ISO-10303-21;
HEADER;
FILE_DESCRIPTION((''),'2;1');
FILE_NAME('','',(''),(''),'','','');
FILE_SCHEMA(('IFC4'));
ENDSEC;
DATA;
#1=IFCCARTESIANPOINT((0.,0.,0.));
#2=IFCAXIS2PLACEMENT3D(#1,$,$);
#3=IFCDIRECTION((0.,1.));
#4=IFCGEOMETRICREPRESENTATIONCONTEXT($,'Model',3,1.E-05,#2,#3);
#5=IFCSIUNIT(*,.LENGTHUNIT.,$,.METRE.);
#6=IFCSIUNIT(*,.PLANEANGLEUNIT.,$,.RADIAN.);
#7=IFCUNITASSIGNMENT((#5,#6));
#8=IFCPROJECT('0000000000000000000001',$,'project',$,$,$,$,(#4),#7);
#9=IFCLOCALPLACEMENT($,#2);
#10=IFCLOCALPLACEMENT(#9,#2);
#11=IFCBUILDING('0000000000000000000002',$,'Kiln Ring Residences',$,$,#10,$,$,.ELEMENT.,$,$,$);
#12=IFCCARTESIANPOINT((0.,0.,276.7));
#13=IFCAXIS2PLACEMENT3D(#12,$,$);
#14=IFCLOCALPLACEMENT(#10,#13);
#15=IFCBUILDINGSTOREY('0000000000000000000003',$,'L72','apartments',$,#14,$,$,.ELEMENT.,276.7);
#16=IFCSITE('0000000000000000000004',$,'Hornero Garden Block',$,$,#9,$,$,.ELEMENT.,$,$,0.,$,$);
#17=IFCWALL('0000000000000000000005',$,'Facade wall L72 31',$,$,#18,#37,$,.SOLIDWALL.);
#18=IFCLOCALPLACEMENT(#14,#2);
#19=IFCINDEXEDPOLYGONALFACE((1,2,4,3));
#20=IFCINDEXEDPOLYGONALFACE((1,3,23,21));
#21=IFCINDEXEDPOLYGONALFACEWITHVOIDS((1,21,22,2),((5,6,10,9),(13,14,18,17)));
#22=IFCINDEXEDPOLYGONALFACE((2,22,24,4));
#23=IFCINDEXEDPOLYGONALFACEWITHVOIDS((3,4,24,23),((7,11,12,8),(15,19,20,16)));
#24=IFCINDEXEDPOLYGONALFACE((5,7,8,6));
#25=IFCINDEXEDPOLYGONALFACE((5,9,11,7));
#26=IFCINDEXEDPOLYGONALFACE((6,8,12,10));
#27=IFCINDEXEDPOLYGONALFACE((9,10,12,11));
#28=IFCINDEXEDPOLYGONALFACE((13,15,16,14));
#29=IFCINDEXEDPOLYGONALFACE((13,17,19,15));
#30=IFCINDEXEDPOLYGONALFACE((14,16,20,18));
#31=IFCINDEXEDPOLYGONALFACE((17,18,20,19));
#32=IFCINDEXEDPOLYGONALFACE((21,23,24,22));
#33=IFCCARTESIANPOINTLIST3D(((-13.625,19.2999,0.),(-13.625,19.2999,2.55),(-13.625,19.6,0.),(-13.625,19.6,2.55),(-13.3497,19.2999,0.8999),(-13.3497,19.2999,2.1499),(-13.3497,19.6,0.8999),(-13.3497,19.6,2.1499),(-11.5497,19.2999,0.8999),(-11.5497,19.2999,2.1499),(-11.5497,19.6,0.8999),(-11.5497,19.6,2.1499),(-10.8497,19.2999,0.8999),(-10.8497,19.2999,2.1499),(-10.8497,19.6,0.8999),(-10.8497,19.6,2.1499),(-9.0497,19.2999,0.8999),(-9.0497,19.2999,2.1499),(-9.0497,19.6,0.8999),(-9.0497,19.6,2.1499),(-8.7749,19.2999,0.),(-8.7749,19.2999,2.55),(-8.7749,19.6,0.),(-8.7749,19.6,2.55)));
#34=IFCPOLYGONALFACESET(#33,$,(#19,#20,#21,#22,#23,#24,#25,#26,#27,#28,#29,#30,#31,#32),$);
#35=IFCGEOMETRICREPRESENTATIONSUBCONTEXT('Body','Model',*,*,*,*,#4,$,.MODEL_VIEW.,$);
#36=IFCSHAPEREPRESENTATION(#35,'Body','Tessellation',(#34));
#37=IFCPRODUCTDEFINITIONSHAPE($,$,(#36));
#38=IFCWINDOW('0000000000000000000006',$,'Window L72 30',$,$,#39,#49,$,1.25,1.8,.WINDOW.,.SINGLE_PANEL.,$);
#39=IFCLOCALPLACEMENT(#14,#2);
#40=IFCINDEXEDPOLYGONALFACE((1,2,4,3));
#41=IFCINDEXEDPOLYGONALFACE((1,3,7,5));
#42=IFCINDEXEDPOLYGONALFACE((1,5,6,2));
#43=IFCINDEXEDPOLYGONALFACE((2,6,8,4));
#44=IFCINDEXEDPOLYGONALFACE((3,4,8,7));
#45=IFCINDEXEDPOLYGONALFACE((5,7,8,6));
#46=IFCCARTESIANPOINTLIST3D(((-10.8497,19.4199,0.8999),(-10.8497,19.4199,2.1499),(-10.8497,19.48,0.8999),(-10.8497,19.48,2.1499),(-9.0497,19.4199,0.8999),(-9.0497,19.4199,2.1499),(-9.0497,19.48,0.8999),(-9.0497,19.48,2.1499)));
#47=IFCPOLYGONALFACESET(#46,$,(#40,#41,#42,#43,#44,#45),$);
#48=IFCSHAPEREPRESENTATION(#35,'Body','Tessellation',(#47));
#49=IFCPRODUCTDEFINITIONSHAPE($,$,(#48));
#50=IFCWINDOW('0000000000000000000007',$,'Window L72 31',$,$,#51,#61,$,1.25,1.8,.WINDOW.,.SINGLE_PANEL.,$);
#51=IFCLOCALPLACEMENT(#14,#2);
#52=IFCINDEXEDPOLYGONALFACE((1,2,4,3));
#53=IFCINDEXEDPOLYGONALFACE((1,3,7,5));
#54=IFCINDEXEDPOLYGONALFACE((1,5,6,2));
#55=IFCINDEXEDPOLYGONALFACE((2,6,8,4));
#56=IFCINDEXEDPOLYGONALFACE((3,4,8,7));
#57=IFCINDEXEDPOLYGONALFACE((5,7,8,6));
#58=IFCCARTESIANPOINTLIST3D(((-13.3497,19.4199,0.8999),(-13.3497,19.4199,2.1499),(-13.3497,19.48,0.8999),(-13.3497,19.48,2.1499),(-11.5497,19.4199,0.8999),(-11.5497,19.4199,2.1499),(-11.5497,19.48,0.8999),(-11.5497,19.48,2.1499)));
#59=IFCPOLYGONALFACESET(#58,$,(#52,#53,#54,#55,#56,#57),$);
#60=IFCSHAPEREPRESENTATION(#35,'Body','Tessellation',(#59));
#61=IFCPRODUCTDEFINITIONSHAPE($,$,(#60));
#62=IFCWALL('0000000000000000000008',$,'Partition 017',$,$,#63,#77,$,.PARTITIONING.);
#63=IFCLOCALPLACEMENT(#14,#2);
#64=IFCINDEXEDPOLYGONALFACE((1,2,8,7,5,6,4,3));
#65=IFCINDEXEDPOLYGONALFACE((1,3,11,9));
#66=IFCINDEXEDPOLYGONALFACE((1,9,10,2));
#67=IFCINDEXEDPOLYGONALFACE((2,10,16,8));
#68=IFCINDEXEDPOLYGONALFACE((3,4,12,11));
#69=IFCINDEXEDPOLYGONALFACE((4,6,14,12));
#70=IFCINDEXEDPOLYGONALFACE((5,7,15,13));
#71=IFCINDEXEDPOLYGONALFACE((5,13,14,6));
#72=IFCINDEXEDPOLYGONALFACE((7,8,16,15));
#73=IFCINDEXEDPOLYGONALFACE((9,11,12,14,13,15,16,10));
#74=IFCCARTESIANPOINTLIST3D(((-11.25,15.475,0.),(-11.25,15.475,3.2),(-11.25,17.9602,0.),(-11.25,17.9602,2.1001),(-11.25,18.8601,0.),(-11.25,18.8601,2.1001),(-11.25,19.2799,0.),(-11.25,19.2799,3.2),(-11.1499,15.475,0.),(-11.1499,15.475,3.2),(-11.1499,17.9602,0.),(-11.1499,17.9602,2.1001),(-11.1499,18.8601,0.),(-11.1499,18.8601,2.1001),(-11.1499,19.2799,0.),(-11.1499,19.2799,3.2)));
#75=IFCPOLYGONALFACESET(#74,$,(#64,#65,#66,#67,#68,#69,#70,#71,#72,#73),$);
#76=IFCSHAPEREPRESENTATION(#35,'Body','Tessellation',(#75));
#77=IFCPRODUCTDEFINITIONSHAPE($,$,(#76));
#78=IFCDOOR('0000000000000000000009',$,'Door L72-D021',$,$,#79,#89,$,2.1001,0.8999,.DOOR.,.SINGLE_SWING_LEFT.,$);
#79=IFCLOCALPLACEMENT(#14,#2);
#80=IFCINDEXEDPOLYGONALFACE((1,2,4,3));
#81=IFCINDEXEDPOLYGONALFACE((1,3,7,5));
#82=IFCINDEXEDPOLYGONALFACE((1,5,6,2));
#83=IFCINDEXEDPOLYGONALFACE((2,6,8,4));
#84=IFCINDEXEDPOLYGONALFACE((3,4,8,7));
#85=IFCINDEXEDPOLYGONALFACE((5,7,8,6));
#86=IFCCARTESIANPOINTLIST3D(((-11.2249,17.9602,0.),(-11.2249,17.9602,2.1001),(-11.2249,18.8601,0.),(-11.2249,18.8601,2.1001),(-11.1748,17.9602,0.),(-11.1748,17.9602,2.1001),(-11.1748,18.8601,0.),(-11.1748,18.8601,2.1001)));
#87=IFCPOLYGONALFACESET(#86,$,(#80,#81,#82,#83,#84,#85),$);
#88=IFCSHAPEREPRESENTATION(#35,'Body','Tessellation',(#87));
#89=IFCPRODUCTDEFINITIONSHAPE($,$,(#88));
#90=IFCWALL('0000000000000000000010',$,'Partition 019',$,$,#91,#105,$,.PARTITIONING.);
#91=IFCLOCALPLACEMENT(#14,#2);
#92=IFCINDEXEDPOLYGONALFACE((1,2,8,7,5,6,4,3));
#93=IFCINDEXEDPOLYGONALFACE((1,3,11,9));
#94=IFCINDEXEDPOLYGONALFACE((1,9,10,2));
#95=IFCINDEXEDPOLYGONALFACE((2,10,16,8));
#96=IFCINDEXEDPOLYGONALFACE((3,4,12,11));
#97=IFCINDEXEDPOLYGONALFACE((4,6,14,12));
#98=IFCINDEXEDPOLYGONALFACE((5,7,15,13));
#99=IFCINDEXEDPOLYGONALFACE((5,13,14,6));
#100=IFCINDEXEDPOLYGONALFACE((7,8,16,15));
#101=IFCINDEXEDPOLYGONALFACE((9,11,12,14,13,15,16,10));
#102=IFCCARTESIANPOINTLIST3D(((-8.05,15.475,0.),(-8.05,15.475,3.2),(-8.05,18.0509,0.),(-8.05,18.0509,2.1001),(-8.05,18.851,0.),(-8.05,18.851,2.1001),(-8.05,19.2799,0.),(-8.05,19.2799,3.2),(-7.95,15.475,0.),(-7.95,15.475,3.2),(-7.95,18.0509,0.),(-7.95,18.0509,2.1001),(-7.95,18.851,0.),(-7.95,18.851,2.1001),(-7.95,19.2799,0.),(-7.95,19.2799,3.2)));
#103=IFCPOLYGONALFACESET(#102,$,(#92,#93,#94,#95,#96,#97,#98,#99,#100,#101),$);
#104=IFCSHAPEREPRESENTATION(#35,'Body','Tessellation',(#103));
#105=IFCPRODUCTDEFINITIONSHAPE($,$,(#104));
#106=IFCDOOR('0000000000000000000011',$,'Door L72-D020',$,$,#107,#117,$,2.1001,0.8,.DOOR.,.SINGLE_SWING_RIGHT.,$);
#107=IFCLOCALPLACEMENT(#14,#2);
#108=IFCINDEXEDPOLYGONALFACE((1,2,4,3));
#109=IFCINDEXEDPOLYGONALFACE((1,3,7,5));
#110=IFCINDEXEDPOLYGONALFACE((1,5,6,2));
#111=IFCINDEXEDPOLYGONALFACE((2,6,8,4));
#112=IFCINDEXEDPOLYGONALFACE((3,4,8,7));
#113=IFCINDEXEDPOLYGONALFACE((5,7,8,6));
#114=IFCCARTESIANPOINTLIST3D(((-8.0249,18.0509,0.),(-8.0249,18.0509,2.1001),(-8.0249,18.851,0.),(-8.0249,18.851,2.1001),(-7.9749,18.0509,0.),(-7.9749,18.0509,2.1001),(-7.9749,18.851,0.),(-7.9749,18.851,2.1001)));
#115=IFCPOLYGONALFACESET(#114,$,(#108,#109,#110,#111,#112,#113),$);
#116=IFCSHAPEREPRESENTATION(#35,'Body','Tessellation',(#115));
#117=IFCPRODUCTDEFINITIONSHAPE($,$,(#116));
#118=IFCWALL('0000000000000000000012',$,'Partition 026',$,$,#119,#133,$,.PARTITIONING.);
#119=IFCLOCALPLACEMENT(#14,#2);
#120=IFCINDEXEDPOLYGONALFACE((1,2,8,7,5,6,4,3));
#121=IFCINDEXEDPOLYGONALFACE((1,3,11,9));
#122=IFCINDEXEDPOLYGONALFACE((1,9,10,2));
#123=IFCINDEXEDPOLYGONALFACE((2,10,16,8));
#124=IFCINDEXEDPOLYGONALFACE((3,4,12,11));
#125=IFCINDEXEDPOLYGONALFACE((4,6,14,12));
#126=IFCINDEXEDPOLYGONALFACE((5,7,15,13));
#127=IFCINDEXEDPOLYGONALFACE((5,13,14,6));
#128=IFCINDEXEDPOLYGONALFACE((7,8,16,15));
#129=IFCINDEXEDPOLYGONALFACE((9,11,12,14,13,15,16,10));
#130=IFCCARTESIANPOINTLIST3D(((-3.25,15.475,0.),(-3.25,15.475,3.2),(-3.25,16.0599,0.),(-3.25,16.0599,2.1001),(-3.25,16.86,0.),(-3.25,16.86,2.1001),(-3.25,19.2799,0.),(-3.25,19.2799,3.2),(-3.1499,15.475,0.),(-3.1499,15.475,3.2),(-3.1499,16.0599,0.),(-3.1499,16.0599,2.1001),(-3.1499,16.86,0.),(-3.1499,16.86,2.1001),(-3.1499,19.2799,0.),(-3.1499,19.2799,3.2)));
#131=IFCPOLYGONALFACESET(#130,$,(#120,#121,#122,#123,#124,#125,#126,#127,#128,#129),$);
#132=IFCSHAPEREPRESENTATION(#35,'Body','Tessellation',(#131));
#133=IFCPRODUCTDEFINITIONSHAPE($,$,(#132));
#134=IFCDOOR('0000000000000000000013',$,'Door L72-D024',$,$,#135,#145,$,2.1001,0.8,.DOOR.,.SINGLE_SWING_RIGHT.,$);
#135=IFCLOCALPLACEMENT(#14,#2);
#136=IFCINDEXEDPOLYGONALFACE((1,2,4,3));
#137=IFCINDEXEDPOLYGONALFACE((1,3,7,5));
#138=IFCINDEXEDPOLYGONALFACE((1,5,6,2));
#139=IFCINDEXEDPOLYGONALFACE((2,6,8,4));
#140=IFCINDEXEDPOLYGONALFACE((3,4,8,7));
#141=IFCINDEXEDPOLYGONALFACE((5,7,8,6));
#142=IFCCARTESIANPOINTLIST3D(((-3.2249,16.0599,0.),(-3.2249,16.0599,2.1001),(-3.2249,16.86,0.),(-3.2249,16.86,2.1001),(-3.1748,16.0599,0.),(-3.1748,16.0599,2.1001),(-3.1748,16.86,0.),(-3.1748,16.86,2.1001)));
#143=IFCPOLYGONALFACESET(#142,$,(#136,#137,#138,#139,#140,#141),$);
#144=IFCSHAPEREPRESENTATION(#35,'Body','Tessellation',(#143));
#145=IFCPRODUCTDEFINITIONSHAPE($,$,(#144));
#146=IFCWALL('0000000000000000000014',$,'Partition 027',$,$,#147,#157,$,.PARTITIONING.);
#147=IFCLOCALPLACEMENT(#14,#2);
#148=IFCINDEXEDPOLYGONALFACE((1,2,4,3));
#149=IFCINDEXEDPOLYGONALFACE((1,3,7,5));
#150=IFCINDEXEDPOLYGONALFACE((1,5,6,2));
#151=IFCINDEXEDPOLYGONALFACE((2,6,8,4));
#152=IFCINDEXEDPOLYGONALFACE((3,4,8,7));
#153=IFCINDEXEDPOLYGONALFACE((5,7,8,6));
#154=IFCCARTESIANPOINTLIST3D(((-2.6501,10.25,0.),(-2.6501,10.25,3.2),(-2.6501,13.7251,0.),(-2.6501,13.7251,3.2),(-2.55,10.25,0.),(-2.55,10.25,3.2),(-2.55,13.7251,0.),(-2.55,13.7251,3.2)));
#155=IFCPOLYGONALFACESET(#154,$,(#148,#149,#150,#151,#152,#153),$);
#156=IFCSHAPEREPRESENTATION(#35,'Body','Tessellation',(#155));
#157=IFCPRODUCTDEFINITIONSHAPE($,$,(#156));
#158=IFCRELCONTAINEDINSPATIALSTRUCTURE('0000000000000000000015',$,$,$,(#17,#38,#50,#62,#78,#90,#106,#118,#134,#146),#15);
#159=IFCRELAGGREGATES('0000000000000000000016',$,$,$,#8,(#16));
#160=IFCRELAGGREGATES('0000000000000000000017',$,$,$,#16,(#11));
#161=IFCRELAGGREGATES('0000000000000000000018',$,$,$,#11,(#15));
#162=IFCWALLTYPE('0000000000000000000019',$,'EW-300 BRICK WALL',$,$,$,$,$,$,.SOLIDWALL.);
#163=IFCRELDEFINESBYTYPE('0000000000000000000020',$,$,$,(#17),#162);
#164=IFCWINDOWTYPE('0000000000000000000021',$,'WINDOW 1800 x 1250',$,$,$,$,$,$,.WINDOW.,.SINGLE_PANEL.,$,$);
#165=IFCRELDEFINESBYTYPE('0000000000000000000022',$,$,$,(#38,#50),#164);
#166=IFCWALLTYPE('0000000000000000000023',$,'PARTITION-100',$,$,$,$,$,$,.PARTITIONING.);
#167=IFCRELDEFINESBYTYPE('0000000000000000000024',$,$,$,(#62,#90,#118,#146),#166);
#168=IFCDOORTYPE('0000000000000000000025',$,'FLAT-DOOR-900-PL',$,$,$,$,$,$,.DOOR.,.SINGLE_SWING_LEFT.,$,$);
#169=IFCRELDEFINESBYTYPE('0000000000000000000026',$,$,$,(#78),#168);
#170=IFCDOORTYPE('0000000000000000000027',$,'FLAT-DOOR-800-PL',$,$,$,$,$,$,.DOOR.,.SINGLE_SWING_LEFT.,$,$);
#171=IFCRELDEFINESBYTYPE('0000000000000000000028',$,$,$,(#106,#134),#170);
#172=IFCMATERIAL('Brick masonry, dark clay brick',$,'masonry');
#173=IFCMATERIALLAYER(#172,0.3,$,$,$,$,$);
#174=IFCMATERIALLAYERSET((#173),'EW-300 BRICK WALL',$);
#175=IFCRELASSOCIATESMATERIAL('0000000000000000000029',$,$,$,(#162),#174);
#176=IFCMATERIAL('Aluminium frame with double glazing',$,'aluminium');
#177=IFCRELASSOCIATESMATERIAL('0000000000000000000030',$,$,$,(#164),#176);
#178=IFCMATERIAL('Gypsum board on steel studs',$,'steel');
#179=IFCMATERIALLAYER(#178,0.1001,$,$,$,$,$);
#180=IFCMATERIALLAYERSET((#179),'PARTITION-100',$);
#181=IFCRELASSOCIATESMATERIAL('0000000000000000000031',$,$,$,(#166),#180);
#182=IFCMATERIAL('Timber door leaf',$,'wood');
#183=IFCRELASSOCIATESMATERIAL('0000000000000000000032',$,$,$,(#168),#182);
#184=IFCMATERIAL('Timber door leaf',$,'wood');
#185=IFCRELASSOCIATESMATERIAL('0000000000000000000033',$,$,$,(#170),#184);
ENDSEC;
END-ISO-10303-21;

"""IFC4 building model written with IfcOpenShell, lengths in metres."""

from ifc_helpers import new_model, si_unit, direction, frame, frame_2d, origin, place, context, subcontext, project, spatial, rectangle, extrude, material, layer, layer_set, type_object, element, fill, save


model = new_model("IFC4")

# Units and contexts
model_context = context("Model", 3, precision=1e-05, world=origin(), true_north=direction((0.0, 1.0)))
body_context = subcontext(model_context, "Body", "Model", "MODEL_VIEW")
ifc_project = project(units=[si_unit("LENGTHUNIT", "METRE"), si_unit("PLANEANGLEUNIT", "RADIAN")], contexts=[model_context])

# Site, building, storey
site_placement = place(None, origin())
site = spatial("IfcSite", under=ifc_project, at=site_placement, Name="Hornero Garden Block", CompositionType="ELEMENT", RefElevation=0.0)
building_placement = place(site_placement, origin())
building = spatial("IfcBuilding", under=site, at=building_placement, Name="Kiln Ring Residences", CompositionType="ELEMENT")
storey_placement = place(building_placement, frame((0.0, 0.0, 276.7)))
storey = spatial("IfcBuildingStorey", under=building, at=storey_placement, Name="L72", Description="apartments", CompositionType="ELEMENT", Elevation=276.7)

# Wall, openings, windows
ifc_material_1 = material(Name="Brick masonry, dark clay brick", Category="masonry")
ifc_layer_1 = layer(ifc_material_1, 0.3)
ifc_layer_set_1 = layer_set([ifc_layer_1], Name="EW-300 BRICK WALL")
wall_type_1 = type_object("IfcWallType", Name="EW-300 BRICK WALL", PredefinedType="SOLIDWALL", material=ifc_layer_set_1)
wall_1_placement = place(storey_placement, frame((-8.7749, 19.45, 0.0), z_axis=(0.0, 0.0, 1.0), x_axis=(-1.0, 0.0, 0.0)))
wall_1 = element("IfcWall", 1, at=wall_1_placement, inside=storey, type_object=wall_type_1, Name="Facade wall L72 31", PredefinedType="SOLIDWALL", context=body_context, shape_type="SweptSolid", body=[
    extrude(rectangle(XDim=4.8501, YDim=0.3, at=frame_2d((2.425, 0.0))), origin(), (0.0, 0.0, 1.0), 2.55),
])
opening_1_placement = place(wall_1_placement, frame((0.2749, 0.0, 0.8999)))
opening_1 = element("IfcOpeningElement", 2, at=opening_1_placement, cuts=wall_1, PredefinedType="OPENING", context=body_context, shape_type="SweptSolid", body=[
    extrude(rectangle(XDim=1.8, YDim=1.25, at=frame_2d((0.8999, 0.625))), frame((0.0, 0.1599, 0.0), z_axis=(0.0, -1.0, 0.0), x_axis=(1.0, 0.0, 0.0)), (0.0, 0.0, 1.0), 0.3201),
])
opening_2_placement = place(wall_1_placement, frame((2.7749, 0.0, 0.8999)))
opening_2 = element("IfcOpeningElement", 3, at=opening_2_placement, cuts=wall_1, PredefinedType="OPENING", context=body_context, shape_type="SweptSolid", body=[
    extrude(rectangle(XDim=1.8, YDim=1.25, at=frame_2d((0.8999, 0.625))), frame((0.0, 0.1599, 0.0), z_axis=(0.0, -1.0, 0.0), x_axis=(1.0, 0.0, 0.0)), (0.0, 0.0, 1.0), 0.3201),
])
ifc_material_2 = material(Name="Aluminium frame with double glazing", Category="aluminium")
window_type_1 = type_object("IfcWindowType", Name="WINDOW 1800 x 1250", PartitioningType="SINGLE_PANEL", PredefinedType="WINDOW", material=ifc_material_2)
window_1_placement = place(opening_1_placement, origin())
window_1 = element("IfcWindow", 4, at=window_1_placement, inside=storey, type_object=window_type_1, Name="Window L72 30", OverallHeight=1.25, OverallWidth=1.8, PartitioningType="SINGLE_PANEL", PredefinedType="WINDOW", context=body_context, shape_type="SweptSolid", body=[
    extrude(rectangle(XDim=1.8, YDim=1.25, at=frame_2d((0.8999, 0.625))), frame((0.0, 0.03, 0.0), z_axis=(0.0, -1.0, 0.0), x_axis=(1.0, 0.0, 0.0)), (0.0, 0.0, 1.0), 0.0601),
])
fill(opening_1, window_1)
window_2_placement = place(opening_2_placement, origin())
window_2 = element("IfcWindow", 5, at=window_2_placement, inside=storey, type_object=window_type_1, Name="Window L72 31", OverallHeight=1.25, OverallWidth=1.8, PartitioningType="SINGLE_PANEL", PredefinedType="WINDOW", context=body_context, shape_type="SweptSolid", body=[
    extrude(rectangle(XDim=1.8, YDim=1.25, at=frame_2d((0.8999, 0.625))), frame((0.0, 0.03, 0.0), z_axis=(0.0, -1.0, 0.0), x_axis=(1.0, 0.0, 0.0)), (0.0, 0.0, 1.0), 0.0601),
])
fill(opening_2, window_2)

# Walls, openings, doors
ifc_material_3 = material(Name="Gypsum board on steel studs", Category="steel")
ifc_layer_2 = layer(ifc_material_3, 0.1001)
ifc_layer_set_2 = layer_set([ifc_layer_2], Name="PARTITION-100")
wall_type_2 = type_object("IfcWallType", Name="PARTITION-100", PredefinedType="PARTITIONING", material=ifc_layer_set_2)
wall_2_placement = place(storey_placement, frame((-11.2, 15.4751, 0.0), z_axis=(0.0, 0.0, 1.0), x_axis=(0.0, 1.0, 0.0)))
wall_2 = element("IfcWall", 6, at=wall_2_placement, inside=storey, type_object=wall_type_2, Name="Partition 017", PredefinedType="PARTITIONING", context=body_context, shape_type="SweptSolid", body=[
    extrude(rectangle(XDim=3.8049, YDim=0.1001, at=frame_2d((1.9023, 0.0))), origin(), (0.0, 0.0, 1.0), 3.2),
])
opening_3_placement = place(wall_2_placement, frame((2.4851, 0.0, 0.0)))
opening_3 = element("IfcOpeningElement", 7, at=opening_3_placement, cuts=wall_2, PredefinedType="OPENING", context=body_context, shape_type="SweptSolid", body=[
    extrude(rectangle(XDim=0.8999, YDim=2.1001, at=frame_2d((0.45, 1.05))), frame((0.0, 0.0601, 0.0), z_axis=(0.0, -1.0, 0.0), x_axis=(1.0, 0.0, 0.0)), (0.0, 0.0, 1.0), 0.1201),
])
ifc_material_4 = material(Name="Timber door leaf", Category="wood")
door_type_1 = type_object("IfcDoorType", Name="FLAT-DOOR-900-PL", OperationType="SINGLE_SWING_LEFT", PredefinedType="DOOR", material=ifc_material_4)
door_1_placement = place(opening_3_placement, origin())
door_1 = element("IfcDoor", 8, at=door_1_placement, inside=storey, type_object=door_type_1, Name="Door L72-D021", OperationType="SINGLE_SWING_LEFT", OverallHeight=2.1001, OverallWidth=0.8999, PredefinedType="DOOR", context=body_context, shape_type="SweptSolid", body=[
    extrude(rectangle(XDim=0.8999, YDim=2.1001, at=frame_2d((0.45, 1.05))), frame((0.0, 0.0249, 0.0), z_axis=(0.0, -1.0, 0.0), x_axis=(1.0, 0.0, 0.0)), (0.0, 0.0, 1.0), 0.05),
])
fill(opening_3, door_1)
wall_3_placement = place(storey_placement, frame((-8.0, 15.4751, 0.0), z_axis=(0.0, 0.0, 1.0), x_axis=(0.0, 1.0, 0.0)))
wall_3 = element("IfcWall", 9, at=wall_3_placement, inside=storey, type_object=wall_type_2, Name="Partition 019", PredefinedType="PARTITIONING", context=body_context, shape_type="SweptSolid", body=[
    extrude(rectangle(XDim=3.8049, YDim=0.1001, at=frame_2d((1.9023, 0.0))), origin(), (0.0, 0.0, 1.0), 3.2),
])
opening_4_placement = place(wall_3_placement, frame((2.5759, 0.0, 0.0)))
opening_4 = element("IfcOpeningElement", 10, at=opening_4_placement, cuts=wall_3, PredefinedType="OPENING", context=body_context, shape_type="SweptSolid", body=[
    extrude(rectangle(XDim=0.8, YDim=2.1001, at=frame_2d((0.3999, 1.05))), frame((0.0, 0.0601, 0.0), z_axis=(0.0, -1.0, 0.0), x_axis=(1.0, 0.0, 0.0)), (0.0, 0.0, 1.0), 0.1201),
])
ifc_material_5 = material(Name="Timber door leaf", Category="wood")
door_type_2 = type_object("IfcDoorType", Name="FLAT-DOOR-800-PL", OperationType="SINGLE_SWING_LEFT", PredefinedType="DOOR", material=ifc_material_5)
door_2_placement = place(opening_4_placement, origin())
door_2 = element("IfcDoor", 11, at=door_2_placement, inside=storey, type_object=door_type_2, Name="Door L72-D020", OperationType="SINGLE_SWING_RIGHT", OverallHeight=2.1001, OverallWidth=0.8, PredefinedType="DOOR", context=body_context, shape_type="SweptSolid", body=[
    extrude(rectangle(XDim=0.8, YDim=2.1001, at=frame_2d((0.3999, 1.05))), frame((0.0, 0.0249, 0.0), z_axis=(0.0, -1.0, 0.0), x_axis=(1.0, 0.0, 0.0)), (0.0, 0.0, 1.0), 0.05),
])
fill(opening_4, door_2)
wall_4_placement = place(storey_placement, frame((-3.2, 15.4751, 0.0), z_axis=(0.0, 0.0, 1.0), x_axis=(0.0, 1.0, 0.0)))
wall_4 = element("IfcWall", 12, at=wall_4_placement, inside=storey, type_object=wall_type_2, Name="Partition 026", PredefinedType="PARTITIONING", context=body_context, shape_type="SweptSolid", body=[
    extrude(rectangle(XDim=3.8049, YDim=0.1001, at=frame_2d((1.9023, 0.0))), origin(), (0.0, 0.0, 1.0), 3.2),
])
opening_5_placement = place(wall_4_placement, frame((0.585, 0.0, 0.0)))
opening_5 = element("IfcOpeningElement", 13, at=opening_5_placement, cuts=wall_4, PredefinedType="OPENING", context=body_context, shape_type="SweptSolid", body=[
    extrude(rectangle(XDim=0.8, YDim=2.1001, at=frame_2d((0.3999, 1.05))), frame((0.0, 0.0601, 0.0), z_axis=(0.0, -1.0, 0.0), x_axis=(1.0, 0.0, 0.0)), (0.0, 0.0, 1.0), 0.1201),
])
door_3_placement = place(opening_5_placement, origin())
door_3 = element("IfcDoor", 14, at=door_3_placement, inside=storey, type_object=door_type_2, Name="Door L72-D024", OperationType="SINGLE_SWING_RIGHT", OverallHeight=2.1001, OverallWidth=0.8, PredefinedType="DOOR", context=body_context, shape_type="SweptSolid", body=[
    extrude(rectangle(XDim=0.8, YDim=2.1001, at=frame_2d((0.3999, 1.05))), frame((0.0, 0.0249, 0.0), z_axis=(0.0, -1.0, 0.0), x_axis=(1.0, 0.0, 0.0)), (0.0, 0.0, 1.0), 0.05),
])
fill(opening_5, door_3)

# Wall
wall_5_placement = place(storey_placement, frame((-2.6001, 10.25, 0.0), z_axis=(0.0, 0.0, 1.0), x_axis=(0.0, 1.0, 0.0)))
element("IfcWall", 15, at=wall_5_placement, inside=storey, type_object=wall_type_2, Name="Partition 027", PredefinedType="PARTITIONING", context=body_context, shape_type="SweptSolid", body=[
    extrude(rectangle(XDim=3.4751, YDim=0.1001, at=frame_2d((1.7375, 0.0))), origin(), (0.0, 0.0, 1.0), 3.2),
])

save(model, "model.ifc")
